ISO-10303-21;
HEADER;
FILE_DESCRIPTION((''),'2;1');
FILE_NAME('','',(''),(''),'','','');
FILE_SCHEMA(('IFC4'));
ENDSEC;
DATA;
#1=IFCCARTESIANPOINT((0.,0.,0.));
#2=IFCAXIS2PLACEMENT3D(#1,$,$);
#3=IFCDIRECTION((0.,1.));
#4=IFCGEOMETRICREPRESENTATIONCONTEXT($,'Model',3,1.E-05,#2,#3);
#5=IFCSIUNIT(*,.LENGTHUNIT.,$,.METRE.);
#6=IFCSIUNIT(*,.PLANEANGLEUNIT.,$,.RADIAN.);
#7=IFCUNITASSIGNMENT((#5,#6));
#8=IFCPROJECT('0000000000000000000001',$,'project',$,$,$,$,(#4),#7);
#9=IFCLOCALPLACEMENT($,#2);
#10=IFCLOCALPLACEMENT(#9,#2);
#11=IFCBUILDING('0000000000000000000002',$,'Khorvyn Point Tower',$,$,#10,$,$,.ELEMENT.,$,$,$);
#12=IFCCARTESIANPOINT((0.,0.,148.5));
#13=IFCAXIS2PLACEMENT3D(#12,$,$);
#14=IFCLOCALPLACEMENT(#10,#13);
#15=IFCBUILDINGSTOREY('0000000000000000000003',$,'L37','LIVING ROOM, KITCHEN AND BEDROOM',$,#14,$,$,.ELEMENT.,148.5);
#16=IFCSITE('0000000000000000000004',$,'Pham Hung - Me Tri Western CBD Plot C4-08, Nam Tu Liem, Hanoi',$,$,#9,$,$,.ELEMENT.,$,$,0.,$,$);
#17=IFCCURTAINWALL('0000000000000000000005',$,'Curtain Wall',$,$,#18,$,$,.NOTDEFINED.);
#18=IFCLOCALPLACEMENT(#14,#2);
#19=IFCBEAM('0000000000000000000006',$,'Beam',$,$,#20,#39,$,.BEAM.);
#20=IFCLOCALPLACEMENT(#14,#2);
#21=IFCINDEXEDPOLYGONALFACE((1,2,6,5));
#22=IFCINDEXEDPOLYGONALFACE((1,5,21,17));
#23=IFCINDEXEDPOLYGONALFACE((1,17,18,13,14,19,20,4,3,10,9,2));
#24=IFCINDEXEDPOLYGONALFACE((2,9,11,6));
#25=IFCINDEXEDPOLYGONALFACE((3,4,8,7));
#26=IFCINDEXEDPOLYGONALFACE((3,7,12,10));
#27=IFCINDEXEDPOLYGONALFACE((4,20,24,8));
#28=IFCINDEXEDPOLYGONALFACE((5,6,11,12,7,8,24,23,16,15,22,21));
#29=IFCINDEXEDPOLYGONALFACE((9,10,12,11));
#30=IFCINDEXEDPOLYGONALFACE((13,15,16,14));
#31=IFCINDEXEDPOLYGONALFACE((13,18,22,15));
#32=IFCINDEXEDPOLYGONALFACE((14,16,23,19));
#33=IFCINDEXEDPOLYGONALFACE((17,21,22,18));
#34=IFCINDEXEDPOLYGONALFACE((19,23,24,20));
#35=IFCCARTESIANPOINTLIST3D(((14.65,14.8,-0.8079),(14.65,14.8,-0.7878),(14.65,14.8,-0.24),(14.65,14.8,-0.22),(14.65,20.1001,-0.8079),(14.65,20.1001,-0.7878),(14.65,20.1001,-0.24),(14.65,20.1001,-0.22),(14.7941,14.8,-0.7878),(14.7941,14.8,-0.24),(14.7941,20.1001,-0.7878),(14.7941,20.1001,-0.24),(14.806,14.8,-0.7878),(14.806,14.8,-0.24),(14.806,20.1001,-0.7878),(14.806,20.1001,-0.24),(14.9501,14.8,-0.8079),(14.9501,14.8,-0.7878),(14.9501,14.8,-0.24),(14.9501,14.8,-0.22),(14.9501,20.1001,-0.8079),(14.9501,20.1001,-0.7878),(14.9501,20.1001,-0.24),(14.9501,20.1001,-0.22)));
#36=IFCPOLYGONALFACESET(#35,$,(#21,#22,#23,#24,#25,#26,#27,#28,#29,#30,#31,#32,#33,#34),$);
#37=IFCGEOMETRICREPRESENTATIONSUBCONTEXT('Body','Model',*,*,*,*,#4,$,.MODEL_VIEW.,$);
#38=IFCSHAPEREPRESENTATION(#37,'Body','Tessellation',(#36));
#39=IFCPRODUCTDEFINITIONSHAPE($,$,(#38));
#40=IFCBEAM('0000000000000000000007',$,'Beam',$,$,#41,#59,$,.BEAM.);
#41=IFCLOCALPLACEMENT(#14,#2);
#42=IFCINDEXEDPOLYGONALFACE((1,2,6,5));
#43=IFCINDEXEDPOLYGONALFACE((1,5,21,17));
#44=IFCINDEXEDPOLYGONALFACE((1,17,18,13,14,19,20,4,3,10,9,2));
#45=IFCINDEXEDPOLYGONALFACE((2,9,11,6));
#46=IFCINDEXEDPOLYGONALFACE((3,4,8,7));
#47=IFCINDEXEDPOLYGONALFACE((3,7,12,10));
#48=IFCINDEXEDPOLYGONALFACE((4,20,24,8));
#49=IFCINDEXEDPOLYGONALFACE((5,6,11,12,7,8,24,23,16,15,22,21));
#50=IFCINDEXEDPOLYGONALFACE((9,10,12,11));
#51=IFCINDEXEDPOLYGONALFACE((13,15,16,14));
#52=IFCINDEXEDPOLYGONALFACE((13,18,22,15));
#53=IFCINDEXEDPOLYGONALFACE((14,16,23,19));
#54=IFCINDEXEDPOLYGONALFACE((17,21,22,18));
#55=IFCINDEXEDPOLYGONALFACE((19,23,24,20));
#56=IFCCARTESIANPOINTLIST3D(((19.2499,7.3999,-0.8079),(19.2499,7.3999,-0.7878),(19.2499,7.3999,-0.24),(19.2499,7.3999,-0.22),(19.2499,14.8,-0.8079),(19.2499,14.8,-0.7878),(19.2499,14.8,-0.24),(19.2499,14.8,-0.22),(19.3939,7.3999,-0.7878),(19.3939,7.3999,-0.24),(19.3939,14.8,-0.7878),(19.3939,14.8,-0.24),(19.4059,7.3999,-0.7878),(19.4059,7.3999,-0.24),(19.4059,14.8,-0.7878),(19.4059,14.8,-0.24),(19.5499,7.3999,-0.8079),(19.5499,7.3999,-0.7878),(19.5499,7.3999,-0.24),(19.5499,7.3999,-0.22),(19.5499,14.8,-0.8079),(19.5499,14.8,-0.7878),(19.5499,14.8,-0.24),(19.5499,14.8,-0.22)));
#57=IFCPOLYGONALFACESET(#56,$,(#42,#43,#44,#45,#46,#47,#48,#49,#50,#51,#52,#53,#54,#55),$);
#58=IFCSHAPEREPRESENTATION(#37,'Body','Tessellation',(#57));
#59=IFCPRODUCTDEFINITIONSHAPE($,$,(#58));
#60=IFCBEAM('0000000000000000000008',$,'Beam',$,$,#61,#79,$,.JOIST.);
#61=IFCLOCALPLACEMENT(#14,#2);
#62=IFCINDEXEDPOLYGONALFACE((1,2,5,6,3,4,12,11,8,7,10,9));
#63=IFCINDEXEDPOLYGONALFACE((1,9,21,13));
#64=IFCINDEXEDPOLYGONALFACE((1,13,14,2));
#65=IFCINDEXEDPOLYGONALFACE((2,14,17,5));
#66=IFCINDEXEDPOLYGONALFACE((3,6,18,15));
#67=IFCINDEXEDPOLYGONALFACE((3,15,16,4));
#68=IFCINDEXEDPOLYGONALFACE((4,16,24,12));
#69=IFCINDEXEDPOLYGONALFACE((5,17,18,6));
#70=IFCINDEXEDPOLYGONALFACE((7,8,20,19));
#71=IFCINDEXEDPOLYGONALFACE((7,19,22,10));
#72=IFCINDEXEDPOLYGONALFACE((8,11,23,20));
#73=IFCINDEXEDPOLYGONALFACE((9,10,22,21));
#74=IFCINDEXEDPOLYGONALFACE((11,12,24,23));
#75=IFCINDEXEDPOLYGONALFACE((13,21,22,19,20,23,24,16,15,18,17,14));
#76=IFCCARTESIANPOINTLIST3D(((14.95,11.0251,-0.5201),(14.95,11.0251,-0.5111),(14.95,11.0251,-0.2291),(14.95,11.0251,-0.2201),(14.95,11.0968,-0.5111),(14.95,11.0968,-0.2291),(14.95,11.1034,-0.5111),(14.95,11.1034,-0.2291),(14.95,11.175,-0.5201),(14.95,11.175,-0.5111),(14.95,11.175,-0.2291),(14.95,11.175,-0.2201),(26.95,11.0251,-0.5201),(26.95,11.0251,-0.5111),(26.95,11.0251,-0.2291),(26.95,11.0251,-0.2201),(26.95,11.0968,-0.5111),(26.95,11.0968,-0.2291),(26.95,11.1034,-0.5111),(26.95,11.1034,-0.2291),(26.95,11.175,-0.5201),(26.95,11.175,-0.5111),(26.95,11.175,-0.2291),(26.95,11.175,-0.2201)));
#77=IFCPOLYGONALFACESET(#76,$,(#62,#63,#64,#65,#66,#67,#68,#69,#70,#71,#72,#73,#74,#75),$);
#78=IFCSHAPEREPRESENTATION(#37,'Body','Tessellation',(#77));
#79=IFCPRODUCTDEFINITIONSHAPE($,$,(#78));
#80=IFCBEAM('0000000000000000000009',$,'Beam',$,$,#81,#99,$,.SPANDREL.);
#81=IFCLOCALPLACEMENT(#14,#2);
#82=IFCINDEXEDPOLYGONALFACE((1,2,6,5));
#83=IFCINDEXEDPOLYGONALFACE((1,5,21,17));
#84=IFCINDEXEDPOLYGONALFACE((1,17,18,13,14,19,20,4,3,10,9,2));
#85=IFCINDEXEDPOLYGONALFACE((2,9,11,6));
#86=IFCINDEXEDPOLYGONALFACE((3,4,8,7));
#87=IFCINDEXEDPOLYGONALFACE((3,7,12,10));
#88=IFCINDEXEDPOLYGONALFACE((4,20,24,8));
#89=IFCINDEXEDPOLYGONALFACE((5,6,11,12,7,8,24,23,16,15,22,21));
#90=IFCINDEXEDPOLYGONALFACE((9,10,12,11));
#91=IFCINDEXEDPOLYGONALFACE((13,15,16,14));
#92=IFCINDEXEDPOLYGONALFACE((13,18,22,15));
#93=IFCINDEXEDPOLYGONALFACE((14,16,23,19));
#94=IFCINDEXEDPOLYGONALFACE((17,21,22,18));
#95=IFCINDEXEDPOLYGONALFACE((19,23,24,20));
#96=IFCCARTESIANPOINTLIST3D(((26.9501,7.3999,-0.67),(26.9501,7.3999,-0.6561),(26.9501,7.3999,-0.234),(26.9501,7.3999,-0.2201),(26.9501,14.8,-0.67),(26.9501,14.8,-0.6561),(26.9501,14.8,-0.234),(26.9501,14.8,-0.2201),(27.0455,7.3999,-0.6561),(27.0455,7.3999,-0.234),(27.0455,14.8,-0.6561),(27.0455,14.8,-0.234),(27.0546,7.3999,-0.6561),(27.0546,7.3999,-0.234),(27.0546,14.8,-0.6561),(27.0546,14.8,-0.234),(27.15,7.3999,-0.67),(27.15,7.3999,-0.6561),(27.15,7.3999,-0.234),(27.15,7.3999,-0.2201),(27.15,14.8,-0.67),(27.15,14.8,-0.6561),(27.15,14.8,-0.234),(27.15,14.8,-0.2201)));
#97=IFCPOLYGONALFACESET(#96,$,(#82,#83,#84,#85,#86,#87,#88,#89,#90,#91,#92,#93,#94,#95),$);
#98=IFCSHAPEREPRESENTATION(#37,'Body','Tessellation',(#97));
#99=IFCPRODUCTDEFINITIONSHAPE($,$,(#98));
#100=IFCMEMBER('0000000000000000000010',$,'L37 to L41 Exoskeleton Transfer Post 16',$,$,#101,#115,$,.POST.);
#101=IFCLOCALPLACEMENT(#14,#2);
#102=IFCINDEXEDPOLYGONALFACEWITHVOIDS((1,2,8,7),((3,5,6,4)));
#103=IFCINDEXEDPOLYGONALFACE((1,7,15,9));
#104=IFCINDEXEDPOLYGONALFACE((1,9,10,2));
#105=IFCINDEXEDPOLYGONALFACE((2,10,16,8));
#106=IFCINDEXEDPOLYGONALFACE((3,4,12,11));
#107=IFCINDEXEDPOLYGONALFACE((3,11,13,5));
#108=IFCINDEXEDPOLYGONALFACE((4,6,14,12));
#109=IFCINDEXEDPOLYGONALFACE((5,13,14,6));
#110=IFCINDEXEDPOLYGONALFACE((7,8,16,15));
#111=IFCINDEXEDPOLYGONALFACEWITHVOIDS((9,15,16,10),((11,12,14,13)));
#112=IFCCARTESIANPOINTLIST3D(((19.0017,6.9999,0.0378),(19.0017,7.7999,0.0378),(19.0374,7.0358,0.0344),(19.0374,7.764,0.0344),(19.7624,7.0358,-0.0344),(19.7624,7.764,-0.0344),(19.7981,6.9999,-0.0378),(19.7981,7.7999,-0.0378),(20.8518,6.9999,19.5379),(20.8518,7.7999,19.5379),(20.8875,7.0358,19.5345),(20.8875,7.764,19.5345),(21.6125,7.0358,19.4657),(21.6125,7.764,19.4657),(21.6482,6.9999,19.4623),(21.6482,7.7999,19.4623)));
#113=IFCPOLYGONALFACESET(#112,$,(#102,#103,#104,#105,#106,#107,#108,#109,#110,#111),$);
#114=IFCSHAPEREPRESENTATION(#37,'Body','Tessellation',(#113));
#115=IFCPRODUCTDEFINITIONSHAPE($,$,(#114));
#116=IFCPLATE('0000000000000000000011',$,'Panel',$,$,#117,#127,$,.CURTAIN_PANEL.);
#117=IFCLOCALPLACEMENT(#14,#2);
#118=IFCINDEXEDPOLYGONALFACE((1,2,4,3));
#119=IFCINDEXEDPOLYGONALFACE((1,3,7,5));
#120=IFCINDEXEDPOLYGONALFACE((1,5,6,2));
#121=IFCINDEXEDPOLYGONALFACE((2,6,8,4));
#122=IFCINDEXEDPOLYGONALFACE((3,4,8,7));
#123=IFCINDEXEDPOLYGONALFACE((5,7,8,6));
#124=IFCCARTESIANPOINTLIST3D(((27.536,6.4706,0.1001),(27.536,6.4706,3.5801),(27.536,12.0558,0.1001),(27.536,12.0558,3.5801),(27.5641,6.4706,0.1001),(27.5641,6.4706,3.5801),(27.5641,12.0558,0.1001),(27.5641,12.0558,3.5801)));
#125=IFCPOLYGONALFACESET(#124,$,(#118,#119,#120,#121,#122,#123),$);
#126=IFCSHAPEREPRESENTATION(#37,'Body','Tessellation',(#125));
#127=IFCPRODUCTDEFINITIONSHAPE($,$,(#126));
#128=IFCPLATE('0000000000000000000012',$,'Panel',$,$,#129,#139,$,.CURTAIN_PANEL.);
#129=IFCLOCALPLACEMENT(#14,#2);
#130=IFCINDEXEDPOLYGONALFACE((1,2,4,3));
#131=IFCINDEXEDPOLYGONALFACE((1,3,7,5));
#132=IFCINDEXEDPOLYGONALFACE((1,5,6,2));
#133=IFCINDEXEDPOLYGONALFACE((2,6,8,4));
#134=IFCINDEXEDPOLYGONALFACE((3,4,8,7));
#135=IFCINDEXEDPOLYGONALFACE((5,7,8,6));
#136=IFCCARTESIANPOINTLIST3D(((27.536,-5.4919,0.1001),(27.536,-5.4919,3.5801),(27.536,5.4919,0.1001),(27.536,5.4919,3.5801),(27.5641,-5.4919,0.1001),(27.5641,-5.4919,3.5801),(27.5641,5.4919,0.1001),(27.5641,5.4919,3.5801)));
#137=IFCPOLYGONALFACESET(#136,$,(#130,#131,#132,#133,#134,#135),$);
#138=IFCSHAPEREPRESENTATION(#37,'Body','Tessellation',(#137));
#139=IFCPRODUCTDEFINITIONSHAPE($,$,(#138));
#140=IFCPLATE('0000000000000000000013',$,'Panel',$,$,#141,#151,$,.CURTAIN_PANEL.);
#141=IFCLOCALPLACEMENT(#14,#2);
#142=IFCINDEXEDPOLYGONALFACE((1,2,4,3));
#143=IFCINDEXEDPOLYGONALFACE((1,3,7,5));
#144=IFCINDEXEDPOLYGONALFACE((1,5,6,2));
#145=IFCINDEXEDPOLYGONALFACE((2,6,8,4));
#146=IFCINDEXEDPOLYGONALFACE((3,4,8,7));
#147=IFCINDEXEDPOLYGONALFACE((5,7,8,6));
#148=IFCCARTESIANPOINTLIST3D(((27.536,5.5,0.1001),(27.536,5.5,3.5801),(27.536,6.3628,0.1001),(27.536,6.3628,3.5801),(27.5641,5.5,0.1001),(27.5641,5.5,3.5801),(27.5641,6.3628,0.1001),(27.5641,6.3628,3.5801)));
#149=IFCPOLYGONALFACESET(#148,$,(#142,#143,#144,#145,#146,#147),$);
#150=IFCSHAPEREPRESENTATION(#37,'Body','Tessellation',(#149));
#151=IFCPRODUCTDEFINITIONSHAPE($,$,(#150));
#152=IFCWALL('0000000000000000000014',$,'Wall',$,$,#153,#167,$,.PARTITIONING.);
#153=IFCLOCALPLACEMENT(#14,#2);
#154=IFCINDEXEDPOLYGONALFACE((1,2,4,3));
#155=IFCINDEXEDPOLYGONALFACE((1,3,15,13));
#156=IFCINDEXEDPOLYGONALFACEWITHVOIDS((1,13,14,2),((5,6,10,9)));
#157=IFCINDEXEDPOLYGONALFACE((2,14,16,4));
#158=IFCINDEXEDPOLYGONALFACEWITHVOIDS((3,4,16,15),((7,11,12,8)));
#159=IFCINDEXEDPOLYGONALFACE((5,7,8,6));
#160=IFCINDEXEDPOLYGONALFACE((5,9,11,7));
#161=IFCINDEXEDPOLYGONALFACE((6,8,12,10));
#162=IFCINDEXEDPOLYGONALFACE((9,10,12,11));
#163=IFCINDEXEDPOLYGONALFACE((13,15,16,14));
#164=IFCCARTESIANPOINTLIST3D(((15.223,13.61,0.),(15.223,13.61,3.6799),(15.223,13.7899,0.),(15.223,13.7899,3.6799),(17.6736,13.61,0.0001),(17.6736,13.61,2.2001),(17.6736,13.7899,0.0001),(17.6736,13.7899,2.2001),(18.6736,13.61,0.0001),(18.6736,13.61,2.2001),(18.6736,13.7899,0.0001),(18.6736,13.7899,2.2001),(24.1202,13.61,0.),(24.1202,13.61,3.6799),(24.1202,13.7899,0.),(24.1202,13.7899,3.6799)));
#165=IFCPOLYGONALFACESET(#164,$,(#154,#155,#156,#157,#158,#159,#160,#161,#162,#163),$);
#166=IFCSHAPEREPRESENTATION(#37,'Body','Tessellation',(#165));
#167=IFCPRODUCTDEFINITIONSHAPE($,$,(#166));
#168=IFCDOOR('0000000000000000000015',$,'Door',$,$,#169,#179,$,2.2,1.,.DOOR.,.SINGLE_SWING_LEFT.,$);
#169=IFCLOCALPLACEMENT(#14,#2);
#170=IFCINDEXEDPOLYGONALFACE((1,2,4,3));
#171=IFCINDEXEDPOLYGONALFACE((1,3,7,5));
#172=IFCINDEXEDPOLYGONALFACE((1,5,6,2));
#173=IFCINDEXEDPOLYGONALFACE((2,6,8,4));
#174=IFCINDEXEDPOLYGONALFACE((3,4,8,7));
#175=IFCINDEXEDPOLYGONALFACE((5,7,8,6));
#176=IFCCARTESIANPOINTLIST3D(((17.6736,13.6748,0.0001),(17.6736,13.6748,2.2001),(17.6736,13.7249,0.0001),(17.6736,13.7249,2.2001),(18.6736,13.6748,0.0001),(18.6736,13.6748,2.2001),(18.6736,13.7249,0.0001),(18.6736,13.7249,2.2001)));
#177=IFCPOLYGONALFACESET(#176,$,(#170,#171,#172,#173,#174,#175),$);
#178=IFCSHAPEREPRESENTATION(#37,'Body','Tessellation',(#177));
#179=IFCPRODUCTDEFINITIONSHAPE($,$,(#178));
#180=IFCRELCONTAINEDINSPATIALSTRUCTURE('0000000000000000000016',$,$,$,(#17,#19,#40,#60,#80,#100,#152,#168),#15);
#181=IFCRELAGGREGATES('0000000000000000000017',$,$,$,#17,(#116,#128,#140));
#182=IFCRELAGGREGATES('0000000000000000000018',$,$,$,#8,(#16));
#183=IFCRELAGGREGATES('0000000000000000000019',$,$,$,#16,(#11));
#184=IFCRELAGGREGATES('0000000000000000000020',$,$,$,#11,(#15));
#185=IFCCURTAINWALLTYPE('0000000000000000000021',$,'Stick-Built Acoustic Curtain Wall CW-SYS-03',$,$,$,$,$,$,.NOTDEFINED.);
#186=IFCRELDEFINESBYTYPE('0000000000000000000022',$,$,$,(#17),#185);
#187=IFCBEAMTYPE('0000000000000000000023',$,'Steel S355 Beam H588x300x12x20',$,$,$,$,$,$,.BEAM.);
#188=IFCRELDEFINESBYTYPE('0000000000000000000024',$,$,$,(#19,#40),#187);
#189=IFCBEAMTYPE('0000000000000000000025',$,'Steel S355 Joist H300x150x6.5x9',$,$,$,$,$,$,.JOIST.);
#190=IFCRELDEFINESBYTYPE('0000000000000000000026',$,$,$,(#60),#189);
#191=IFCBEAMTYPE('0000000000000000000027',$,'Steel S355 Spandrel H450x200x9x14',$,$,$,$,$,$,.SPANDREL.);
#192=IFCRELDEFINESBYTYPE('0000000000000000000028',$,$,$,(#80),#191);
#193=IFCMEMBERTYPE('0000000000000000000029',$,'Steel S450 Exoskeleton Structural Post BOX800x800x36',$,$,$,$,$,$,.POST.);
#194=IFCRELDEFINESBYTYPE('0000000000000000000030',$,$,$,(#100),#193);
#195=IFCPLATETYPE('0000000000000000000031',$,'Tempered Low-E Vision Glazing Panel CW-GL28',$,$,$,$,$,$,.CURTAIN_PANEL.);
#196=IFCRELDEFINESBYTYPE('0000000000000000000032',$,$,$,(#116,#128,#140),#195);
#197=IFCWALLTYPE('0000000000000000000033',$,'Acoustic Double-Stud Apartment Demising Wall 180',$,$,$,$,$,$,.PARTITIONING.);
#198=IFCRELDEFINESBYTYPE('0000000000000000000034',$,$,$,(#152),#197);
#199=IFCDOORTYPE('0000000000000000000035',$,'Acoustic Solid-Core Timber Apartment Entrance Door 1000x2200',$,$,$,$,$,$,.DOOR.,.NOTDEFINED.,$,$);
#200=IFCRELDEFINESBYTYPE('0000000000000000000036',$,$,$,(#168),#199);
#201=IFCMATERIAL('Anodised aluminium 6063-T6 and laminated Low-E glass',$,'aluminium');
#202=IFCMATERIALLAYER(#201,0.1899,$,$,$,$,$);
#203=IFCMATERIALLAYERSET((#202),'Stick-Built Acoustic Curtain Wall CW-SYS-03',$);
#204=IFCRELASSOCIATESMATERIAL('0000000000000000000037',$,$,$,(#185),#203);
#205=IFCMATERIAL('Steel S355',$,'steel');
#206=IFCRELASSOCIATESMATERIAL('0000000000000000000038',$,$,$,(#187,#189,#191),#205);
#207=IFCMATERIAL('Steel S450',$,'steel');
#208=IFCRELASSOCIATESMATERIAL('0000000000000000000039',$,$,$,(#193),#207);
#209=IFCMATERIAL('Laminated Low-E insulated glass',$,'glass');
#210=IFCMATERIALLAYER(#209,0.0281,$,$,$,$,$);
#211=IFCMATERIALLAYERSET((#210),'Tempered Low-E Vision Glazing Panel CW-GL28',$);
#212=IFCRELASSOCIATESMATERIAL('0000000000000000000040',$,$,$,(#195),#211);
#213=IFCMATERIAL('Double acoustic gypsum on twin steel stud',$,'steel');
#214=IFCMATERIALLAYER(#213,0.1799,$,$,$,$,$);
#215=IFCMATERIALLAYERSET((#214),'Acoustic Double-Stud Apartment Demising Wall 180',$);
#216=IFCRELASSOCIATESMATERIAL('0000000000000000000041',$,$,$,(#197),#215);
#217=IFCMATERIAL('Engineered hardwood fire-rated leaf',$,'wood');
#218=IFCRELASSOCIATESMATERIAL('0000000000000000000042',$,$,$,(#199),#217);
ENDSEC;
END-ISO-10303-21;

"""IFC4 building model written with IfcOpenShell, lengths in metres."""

from ifc_helpers import new_model, si_unit, direction, frame, frame_2d, origin, origin_2d, place, context, subcontext, project, spatial, rectangle, hollow_rectangle, i_section, extrude, material, layer, layer_set, material_profile, profile_set, type_object, element, fill, aggregate, save


model = new_model("IFC4")

# Units and contexts
model_context = context("Model", 3, precision=1e-05, world=origin(), true_north=direction((0.0, 1.0)))
body_context = subcontext(model_context, "Body", "Model", "MODEL_VIEW")
ifc_project = project(units=[si_unit("LENGTHUNIT", "METRE"), si_unit("PLANEANGLEUNIT", "RADIAN")], contexts=[model_context])

# Site, building, storey
site_placement = place(None, origin())
site = spatial("IfcSite", under=ifc_project, at=site_placement, Name="Pham Hung - Me Tri Western CBD Plot C4-08, Nam Tu Liem, Hanoi", CompositionType="ELEMENT", RefElevation=0.0)
building_placement = place(site_placement, origin())
building = spatial("IfcBuilding", under=site, at=building_placement, Name="Khorvyn Point Tower", CompositionType="ELEMENT")
storey_placement = place(building_placement, frame((0.0, 0.0, 148.5)))
storey = spatial("IfcBuildingStorey", under=building, at=storey_placement, Name="L37", Description="LIVING ROOM, KITCHEN AND BEDROOM", CompositionType="ELEMENT", Elevation=148.5)

# Shared definitions
ifc_material_1 = material(Name="Steel S450", Category="steel")

# Curtain wall
ifc_material_2 = material(Name="Anodised aluminium 6063-T6 and laminated Low-E glass", Category="aluminium")
ifc_layer_1 = layer(ifc_material_2, 0.1899)
ifc_layer_set_1 = layer_set([ifc_layer_1], Name="Stick-Built Acoustic Curtain Wall CW-SYS-03")
curtain_wall_type = type_object("IfcCurtainWallType", Name="Stick-Built Acoustic Curtain Wall CW-SYS-03", PredefinedType="NOTDEFINED", material=ifc_layer_set_1)
curtain_wall_placement = place(storey_placement, origin())
curtain_wall = element("IfcCurtainWall", 1, at=curtain_wall_placement, inside=storey, type_object=curtain_wall_type, Name="Curtain Wall", PredefinedType="NOTDEFINED")

# Beams
ifc_material_3 = material(Name="Steel S355", Category="steel")
ifc_material_profile_1 = material_profile(ifc_material_3, i_section(OverallWidth=0.3, OverallDepth=0.5879, WebThickness=0.012, FlangeThickness=0.02, at=origin_2d()))
ifc_profile_set_1 = profile_set([ifc_material_profile_1], Name="Steel S355 H588x300x12x20")
beam_type_1 = type_object("IfcBeamType", Name="Steel S355 Beam H588x300x12x20", PredefinedType="BEAM", material=ifc_profile_set_1)
beam_1_placement = place(storey_placement, frame((14.8, 14.8, -0.5139), z_axis=(0.0, 1.0, 0.0), x_axis=(-1.0, 0.0, 0.0)))
element("IfcBeam", 2, at=beam_1_placement, inside=storey, type_object=beam_type_1, Name="Beam", PredefinedType="BEAM", context=body_context, shape_type="SweptSolid", body=[
    extrude(i_section(OverallWidth=0.3, OverallDepth=0.5879, WebThickness=0.012, FlangeThickness=0.02, at=origin_2d()), origin(), (0.0, 0.0, 1.0), 5.3),
])
beam_2_placement = place(storey_placement, frame((19.3999, 7.3999, -0.5139), z_axis=(0.0, 1.0, 0.0), x_axis=(-1.0, 0.0, 0.0)))
element("IfcBeam", 3, at=beam_2_placement, inside=storey, type_object=beam_type_1, Name="Beam", PredefinedType="BEAM", context=body_context, shape_type="SweptSolid", body=[
    extrude(i_section(OverallWidth=0.3, OverallDepth=0.5879, WebThickness=0.012, FlangeThickness=0.02, at=origin_2d()), origin(), (0.0, 0.0, 1.0), 7.4001),
])
ifc_material_profile_2 = material_profile(ifc_material_3, i_section(OverallWidth=0.1499, OverallDepth=0.3, WebThickness=0.0066, FlangeThickness=0.009, at=origin_2d()))
ifc_profile_set_2 = profile_set([ifc_material_profile_2], Name="Steel S355 H300x150x6.5x9")
beam_type_2 = type_object("IfcBeamType", Name="Steel S355 Joist H300x150x6.5x9", PredefinedType="JOIST", material=ifc_profile_set_2)
beam_3_placement = place(storey_placement, frame((14.95, 11.1001, -0.3701), z_axis=(1.0, 0.0, 0.0), x_axis=(0.0, 1.0, 0.0)))
element("IfcBeam", 4, at=beam_3_placement, inside=storey, type_object=beam_type_2, Name="Beam", PredefinedType="JOIST", context=body_context, shape_type="SweptSolid", body=[
    extrude(i_section(OverallWidth=0.1499, OverallDepth=0.3, WebThickness=0.0066, FlangeThickness=0.009, at=origin_2d()), origin(), (0.0, 0.0, 1.0), 12.0),
])
ifc_material_profile_3 = material_profile(ifc_material_3, i_section(OverallWidth=0.2, OverallDepth=0.45, WebThickness=0.009, FlangeThickness=0.0139, at=origin_2d()))
ifc_profile_set_3 = profile_set([ifc_material_profile_3], Name="Steel S355 H450x200x9x14")
beam_type_3 = type_object("IfcBeamType", Name="Steel S355 Spandrel H450x200x9x14", PredefinedType="SPANDREL", material=ifc_profile_set_3)
beam_4_placement = place(storey_placement, frame((27.05, 7.3999, -0.4451), z_axis=(0.0, 1.0, 0.0), x_axis=(-1.0, 0.0, 0.0)))
element("IfcBeam", 5, at=beam_4_placement, inside=storey, type_object=beam_type_3, Name="Beam", PredefinedType="SPANDREL", context=body_context, shape_type="SweptSolid", body=[
    extrude(i_section(OverallWidth=0.2, OverallDepth=0.45, WebThickness=0.009, FlangeThickness=0.0139, at=origin_2d()), origin(), (0.0, 0.0, 1.0), 7.4001),
])

# Member
ifc_material_profile_4 = material_profile(ifc_material_1, hollow_rectangle(XDim=0.8, YDim=0.8, WallThickness=0.0359, at=origin_2d()))
ifc_profile_set_4 = profile_set([ifc_material_profile_4], Name="Steel S450 BOX800x800x36")
member_type_1 = type_object("IfcMemberType", Name="Steel S450 Exoskeleton Structural Post BOX800x800x36", PredefinedType="POST", material=ifc_profile_set_4)
member_1_placement = place(storey_placement, frame((19.3999, 7.3999, 0.0), z_axis=(0.094453, 0.0, 0.995529), x_axis=(0.0, 1.0, 0.0)))
element("IfcMember", 6, at=member_1_placement, inside=storey, type_object=member_type_1, Name="L37 to L41 Exoskeleton Transfer Post 16", PredefinedType="POST", context=body_context, shape_type="SweptSolid", body=[
    extrude(hollow_rectangle(XDim=0.8, YDim=0.8, WallThickness=0.0359, at=origin_2d()), origin(), (0.0, 0.0, 1.0), 19.5876),
])

# Plates
ifc_material_4 = material(Name="Laminated Low-E insulated glass", Category="glass")
ifc_layer_2 = layer(ifc_material_4, 0.0281)
ifc_layer_set_2 = layer_set([ifc_layer_2], Name="Tempered Low-E Vision Glazing Panel CW-GL28")
plate_type = type_object("IfcPlateType", Name="Tempered Low-E Vision Glazing Panel CW-GL28", PredefinedType="CURTAIN_PANEL", material=ifc_layer_set_2)
plate_1_placement = place(storey_placement, frame((27.55, 9.2632, 0.1001), z_axis=(0.0, 0.0, 1.0), x_axis=(0.0, -1.0, 0.0)))
plate_1 = element("IfcPlate", 7, at=plate_1_placement, type_object=plate_type, Name="Panel", PredefinedType="CURTAIN_PANEL", context=body_context, shape_type="SweptSolid", body=[
    extrude(rectangle(XDim=5.5852, YDim=0.0281, at=origin_2d()), origin(), (0.0, 0.0, 1.0), 3.48),
])
plate_2_placement = place(storey_placement, frame((27.55, 0.0, 0.1001), z_axis=(0.0, 0.0, 1.0), x_axis=(0.0, -1.0, 0.0)))
plate_2 = element("IfcPlate", 8, at=plate_2_placement, type_object=plate_type, Name="Panel", PredefinedType="CURTAIN_PANEL", context=body_context, shape_type="SweptSolid", body=[
    extrude(rectangle(XDim=10.9839, YDim=0.0281, at=origin_2d()), origin(), (0.0, 0.0, 1.0), 3.48),
])
plate_3_placement = place(storey_placement, frame((27.55, 5.9314, 0.1001), z_axis=(0.0, 0.0, 1.0), x_axis=(0.0, -1.0, 0.0)))
plate_3 = element("IfcPlate", 9, at=plate_3_placement, type_object=plate_type, Name="Panel", PredefinedType="CURTAIN_PANEL", context=body_context, shape_type="SweptSolid", body=[
    extrude(rectangle(XDim=0.8628, YDim=0.0281, at=origin_2d()), origin(), (0.0, 0.0, 1.0), 3.48),
])
aggregate(curtain_wall, [plate_1, plate_2, plate_3])

# Wall, opening, door
ifc_material_5 = material(Name="Double acoustic gypsum on twin steel stud", Category="steel")
ifc_layer_3 = layer(ifc_material_5, 0.1799)
ifc_layer_set_3 = layer_set([ifc_layer_3], Name="Acoustic Double-Stud Apartment Demising Wall 180")
wall_type_1 = type_object("IfcWallType", Name="Acoustic Double-Stud Apartment Demising Wall 180", PredefinedType="PARTITIONING", material=ifc_layer_set_3)
wall_1_placement = place(storey_placement, frame((15.2229, 13.7, 0.0), z_axis=(0.0, 0.0, 1.0), x_axis=(1.0, 0.0, 0.0)))
wall_1 = element("IfcWall", 10, at=wall_1_placement, inside=storey, type_object=wall_type_1, Name="Wall", PredefinedType="PARTITIONING", context=body_context, shape_type="SweptSolid", body=[
    extrude(rectangle(XDim=8.8972, YDim=0.1799, at=frame_2d((4.4487, 0.0))), origin(), (0.0, 0.0, 1.0), 3.6799),
])
opening_1_placement = place(wall_1_placement, frame((2.4507, 0.0, 0.0)))
opening_1 = element("IfcOpeningElement", 11, at=opening_1_placement, cuts=wall_1, PredefinedType="OPENING", context=body_context, shape_type="SweptSolid", body=[
    extrude(rectangle(XDim=1.0, YDim=2.2, at=frame_2d((0.5, 1.1001))), frame((0.0, 0.0999, 0.0), z_axis=(0.0, -1.0, 0.0), x_axis=(1.0, 0.0, 0.0)), (0.0, 0.0, 1.0), 0.2),
])
ifc_material_6 = material(Name="Engineered hardwood fire-rated leaf", Category="wood")
door_type_1 = type_object("IfcDoorType", Name="Acoustic Solid-Core Timber Apartment Entrance Door 1000x2200", OperationType="NOTDEFINED", PredefinedType="DOOR", material=ifc_material_6)
door_1_placement = place(opening_1_placement, origin())
door_1 = element("IfcDoor", 12, at=door_1_placement, inside=storey, type_object=door_type_1, Name="Door", OperationType="SINGLE_SWING_LEFT", OverallHeight=2.2, OverallWidth=1.0, PredefinedType="DOOR", context=body_context, shape_type="SweptSolid", body=[
    extrude(rectangle(XDim=1.0, YDim=2.2, at=frame_2d((0.5, 1.1001))), frame((0.0, 0.0249, 0.0), z_axis=(0.0, -1.0, 0.0), x_axis=(1.0, 0.0, 0.0)), (0.0, 0.0, 1.0), 0.05),
])
fill(opening_1, door_1)

save(model, "model.ifc")
